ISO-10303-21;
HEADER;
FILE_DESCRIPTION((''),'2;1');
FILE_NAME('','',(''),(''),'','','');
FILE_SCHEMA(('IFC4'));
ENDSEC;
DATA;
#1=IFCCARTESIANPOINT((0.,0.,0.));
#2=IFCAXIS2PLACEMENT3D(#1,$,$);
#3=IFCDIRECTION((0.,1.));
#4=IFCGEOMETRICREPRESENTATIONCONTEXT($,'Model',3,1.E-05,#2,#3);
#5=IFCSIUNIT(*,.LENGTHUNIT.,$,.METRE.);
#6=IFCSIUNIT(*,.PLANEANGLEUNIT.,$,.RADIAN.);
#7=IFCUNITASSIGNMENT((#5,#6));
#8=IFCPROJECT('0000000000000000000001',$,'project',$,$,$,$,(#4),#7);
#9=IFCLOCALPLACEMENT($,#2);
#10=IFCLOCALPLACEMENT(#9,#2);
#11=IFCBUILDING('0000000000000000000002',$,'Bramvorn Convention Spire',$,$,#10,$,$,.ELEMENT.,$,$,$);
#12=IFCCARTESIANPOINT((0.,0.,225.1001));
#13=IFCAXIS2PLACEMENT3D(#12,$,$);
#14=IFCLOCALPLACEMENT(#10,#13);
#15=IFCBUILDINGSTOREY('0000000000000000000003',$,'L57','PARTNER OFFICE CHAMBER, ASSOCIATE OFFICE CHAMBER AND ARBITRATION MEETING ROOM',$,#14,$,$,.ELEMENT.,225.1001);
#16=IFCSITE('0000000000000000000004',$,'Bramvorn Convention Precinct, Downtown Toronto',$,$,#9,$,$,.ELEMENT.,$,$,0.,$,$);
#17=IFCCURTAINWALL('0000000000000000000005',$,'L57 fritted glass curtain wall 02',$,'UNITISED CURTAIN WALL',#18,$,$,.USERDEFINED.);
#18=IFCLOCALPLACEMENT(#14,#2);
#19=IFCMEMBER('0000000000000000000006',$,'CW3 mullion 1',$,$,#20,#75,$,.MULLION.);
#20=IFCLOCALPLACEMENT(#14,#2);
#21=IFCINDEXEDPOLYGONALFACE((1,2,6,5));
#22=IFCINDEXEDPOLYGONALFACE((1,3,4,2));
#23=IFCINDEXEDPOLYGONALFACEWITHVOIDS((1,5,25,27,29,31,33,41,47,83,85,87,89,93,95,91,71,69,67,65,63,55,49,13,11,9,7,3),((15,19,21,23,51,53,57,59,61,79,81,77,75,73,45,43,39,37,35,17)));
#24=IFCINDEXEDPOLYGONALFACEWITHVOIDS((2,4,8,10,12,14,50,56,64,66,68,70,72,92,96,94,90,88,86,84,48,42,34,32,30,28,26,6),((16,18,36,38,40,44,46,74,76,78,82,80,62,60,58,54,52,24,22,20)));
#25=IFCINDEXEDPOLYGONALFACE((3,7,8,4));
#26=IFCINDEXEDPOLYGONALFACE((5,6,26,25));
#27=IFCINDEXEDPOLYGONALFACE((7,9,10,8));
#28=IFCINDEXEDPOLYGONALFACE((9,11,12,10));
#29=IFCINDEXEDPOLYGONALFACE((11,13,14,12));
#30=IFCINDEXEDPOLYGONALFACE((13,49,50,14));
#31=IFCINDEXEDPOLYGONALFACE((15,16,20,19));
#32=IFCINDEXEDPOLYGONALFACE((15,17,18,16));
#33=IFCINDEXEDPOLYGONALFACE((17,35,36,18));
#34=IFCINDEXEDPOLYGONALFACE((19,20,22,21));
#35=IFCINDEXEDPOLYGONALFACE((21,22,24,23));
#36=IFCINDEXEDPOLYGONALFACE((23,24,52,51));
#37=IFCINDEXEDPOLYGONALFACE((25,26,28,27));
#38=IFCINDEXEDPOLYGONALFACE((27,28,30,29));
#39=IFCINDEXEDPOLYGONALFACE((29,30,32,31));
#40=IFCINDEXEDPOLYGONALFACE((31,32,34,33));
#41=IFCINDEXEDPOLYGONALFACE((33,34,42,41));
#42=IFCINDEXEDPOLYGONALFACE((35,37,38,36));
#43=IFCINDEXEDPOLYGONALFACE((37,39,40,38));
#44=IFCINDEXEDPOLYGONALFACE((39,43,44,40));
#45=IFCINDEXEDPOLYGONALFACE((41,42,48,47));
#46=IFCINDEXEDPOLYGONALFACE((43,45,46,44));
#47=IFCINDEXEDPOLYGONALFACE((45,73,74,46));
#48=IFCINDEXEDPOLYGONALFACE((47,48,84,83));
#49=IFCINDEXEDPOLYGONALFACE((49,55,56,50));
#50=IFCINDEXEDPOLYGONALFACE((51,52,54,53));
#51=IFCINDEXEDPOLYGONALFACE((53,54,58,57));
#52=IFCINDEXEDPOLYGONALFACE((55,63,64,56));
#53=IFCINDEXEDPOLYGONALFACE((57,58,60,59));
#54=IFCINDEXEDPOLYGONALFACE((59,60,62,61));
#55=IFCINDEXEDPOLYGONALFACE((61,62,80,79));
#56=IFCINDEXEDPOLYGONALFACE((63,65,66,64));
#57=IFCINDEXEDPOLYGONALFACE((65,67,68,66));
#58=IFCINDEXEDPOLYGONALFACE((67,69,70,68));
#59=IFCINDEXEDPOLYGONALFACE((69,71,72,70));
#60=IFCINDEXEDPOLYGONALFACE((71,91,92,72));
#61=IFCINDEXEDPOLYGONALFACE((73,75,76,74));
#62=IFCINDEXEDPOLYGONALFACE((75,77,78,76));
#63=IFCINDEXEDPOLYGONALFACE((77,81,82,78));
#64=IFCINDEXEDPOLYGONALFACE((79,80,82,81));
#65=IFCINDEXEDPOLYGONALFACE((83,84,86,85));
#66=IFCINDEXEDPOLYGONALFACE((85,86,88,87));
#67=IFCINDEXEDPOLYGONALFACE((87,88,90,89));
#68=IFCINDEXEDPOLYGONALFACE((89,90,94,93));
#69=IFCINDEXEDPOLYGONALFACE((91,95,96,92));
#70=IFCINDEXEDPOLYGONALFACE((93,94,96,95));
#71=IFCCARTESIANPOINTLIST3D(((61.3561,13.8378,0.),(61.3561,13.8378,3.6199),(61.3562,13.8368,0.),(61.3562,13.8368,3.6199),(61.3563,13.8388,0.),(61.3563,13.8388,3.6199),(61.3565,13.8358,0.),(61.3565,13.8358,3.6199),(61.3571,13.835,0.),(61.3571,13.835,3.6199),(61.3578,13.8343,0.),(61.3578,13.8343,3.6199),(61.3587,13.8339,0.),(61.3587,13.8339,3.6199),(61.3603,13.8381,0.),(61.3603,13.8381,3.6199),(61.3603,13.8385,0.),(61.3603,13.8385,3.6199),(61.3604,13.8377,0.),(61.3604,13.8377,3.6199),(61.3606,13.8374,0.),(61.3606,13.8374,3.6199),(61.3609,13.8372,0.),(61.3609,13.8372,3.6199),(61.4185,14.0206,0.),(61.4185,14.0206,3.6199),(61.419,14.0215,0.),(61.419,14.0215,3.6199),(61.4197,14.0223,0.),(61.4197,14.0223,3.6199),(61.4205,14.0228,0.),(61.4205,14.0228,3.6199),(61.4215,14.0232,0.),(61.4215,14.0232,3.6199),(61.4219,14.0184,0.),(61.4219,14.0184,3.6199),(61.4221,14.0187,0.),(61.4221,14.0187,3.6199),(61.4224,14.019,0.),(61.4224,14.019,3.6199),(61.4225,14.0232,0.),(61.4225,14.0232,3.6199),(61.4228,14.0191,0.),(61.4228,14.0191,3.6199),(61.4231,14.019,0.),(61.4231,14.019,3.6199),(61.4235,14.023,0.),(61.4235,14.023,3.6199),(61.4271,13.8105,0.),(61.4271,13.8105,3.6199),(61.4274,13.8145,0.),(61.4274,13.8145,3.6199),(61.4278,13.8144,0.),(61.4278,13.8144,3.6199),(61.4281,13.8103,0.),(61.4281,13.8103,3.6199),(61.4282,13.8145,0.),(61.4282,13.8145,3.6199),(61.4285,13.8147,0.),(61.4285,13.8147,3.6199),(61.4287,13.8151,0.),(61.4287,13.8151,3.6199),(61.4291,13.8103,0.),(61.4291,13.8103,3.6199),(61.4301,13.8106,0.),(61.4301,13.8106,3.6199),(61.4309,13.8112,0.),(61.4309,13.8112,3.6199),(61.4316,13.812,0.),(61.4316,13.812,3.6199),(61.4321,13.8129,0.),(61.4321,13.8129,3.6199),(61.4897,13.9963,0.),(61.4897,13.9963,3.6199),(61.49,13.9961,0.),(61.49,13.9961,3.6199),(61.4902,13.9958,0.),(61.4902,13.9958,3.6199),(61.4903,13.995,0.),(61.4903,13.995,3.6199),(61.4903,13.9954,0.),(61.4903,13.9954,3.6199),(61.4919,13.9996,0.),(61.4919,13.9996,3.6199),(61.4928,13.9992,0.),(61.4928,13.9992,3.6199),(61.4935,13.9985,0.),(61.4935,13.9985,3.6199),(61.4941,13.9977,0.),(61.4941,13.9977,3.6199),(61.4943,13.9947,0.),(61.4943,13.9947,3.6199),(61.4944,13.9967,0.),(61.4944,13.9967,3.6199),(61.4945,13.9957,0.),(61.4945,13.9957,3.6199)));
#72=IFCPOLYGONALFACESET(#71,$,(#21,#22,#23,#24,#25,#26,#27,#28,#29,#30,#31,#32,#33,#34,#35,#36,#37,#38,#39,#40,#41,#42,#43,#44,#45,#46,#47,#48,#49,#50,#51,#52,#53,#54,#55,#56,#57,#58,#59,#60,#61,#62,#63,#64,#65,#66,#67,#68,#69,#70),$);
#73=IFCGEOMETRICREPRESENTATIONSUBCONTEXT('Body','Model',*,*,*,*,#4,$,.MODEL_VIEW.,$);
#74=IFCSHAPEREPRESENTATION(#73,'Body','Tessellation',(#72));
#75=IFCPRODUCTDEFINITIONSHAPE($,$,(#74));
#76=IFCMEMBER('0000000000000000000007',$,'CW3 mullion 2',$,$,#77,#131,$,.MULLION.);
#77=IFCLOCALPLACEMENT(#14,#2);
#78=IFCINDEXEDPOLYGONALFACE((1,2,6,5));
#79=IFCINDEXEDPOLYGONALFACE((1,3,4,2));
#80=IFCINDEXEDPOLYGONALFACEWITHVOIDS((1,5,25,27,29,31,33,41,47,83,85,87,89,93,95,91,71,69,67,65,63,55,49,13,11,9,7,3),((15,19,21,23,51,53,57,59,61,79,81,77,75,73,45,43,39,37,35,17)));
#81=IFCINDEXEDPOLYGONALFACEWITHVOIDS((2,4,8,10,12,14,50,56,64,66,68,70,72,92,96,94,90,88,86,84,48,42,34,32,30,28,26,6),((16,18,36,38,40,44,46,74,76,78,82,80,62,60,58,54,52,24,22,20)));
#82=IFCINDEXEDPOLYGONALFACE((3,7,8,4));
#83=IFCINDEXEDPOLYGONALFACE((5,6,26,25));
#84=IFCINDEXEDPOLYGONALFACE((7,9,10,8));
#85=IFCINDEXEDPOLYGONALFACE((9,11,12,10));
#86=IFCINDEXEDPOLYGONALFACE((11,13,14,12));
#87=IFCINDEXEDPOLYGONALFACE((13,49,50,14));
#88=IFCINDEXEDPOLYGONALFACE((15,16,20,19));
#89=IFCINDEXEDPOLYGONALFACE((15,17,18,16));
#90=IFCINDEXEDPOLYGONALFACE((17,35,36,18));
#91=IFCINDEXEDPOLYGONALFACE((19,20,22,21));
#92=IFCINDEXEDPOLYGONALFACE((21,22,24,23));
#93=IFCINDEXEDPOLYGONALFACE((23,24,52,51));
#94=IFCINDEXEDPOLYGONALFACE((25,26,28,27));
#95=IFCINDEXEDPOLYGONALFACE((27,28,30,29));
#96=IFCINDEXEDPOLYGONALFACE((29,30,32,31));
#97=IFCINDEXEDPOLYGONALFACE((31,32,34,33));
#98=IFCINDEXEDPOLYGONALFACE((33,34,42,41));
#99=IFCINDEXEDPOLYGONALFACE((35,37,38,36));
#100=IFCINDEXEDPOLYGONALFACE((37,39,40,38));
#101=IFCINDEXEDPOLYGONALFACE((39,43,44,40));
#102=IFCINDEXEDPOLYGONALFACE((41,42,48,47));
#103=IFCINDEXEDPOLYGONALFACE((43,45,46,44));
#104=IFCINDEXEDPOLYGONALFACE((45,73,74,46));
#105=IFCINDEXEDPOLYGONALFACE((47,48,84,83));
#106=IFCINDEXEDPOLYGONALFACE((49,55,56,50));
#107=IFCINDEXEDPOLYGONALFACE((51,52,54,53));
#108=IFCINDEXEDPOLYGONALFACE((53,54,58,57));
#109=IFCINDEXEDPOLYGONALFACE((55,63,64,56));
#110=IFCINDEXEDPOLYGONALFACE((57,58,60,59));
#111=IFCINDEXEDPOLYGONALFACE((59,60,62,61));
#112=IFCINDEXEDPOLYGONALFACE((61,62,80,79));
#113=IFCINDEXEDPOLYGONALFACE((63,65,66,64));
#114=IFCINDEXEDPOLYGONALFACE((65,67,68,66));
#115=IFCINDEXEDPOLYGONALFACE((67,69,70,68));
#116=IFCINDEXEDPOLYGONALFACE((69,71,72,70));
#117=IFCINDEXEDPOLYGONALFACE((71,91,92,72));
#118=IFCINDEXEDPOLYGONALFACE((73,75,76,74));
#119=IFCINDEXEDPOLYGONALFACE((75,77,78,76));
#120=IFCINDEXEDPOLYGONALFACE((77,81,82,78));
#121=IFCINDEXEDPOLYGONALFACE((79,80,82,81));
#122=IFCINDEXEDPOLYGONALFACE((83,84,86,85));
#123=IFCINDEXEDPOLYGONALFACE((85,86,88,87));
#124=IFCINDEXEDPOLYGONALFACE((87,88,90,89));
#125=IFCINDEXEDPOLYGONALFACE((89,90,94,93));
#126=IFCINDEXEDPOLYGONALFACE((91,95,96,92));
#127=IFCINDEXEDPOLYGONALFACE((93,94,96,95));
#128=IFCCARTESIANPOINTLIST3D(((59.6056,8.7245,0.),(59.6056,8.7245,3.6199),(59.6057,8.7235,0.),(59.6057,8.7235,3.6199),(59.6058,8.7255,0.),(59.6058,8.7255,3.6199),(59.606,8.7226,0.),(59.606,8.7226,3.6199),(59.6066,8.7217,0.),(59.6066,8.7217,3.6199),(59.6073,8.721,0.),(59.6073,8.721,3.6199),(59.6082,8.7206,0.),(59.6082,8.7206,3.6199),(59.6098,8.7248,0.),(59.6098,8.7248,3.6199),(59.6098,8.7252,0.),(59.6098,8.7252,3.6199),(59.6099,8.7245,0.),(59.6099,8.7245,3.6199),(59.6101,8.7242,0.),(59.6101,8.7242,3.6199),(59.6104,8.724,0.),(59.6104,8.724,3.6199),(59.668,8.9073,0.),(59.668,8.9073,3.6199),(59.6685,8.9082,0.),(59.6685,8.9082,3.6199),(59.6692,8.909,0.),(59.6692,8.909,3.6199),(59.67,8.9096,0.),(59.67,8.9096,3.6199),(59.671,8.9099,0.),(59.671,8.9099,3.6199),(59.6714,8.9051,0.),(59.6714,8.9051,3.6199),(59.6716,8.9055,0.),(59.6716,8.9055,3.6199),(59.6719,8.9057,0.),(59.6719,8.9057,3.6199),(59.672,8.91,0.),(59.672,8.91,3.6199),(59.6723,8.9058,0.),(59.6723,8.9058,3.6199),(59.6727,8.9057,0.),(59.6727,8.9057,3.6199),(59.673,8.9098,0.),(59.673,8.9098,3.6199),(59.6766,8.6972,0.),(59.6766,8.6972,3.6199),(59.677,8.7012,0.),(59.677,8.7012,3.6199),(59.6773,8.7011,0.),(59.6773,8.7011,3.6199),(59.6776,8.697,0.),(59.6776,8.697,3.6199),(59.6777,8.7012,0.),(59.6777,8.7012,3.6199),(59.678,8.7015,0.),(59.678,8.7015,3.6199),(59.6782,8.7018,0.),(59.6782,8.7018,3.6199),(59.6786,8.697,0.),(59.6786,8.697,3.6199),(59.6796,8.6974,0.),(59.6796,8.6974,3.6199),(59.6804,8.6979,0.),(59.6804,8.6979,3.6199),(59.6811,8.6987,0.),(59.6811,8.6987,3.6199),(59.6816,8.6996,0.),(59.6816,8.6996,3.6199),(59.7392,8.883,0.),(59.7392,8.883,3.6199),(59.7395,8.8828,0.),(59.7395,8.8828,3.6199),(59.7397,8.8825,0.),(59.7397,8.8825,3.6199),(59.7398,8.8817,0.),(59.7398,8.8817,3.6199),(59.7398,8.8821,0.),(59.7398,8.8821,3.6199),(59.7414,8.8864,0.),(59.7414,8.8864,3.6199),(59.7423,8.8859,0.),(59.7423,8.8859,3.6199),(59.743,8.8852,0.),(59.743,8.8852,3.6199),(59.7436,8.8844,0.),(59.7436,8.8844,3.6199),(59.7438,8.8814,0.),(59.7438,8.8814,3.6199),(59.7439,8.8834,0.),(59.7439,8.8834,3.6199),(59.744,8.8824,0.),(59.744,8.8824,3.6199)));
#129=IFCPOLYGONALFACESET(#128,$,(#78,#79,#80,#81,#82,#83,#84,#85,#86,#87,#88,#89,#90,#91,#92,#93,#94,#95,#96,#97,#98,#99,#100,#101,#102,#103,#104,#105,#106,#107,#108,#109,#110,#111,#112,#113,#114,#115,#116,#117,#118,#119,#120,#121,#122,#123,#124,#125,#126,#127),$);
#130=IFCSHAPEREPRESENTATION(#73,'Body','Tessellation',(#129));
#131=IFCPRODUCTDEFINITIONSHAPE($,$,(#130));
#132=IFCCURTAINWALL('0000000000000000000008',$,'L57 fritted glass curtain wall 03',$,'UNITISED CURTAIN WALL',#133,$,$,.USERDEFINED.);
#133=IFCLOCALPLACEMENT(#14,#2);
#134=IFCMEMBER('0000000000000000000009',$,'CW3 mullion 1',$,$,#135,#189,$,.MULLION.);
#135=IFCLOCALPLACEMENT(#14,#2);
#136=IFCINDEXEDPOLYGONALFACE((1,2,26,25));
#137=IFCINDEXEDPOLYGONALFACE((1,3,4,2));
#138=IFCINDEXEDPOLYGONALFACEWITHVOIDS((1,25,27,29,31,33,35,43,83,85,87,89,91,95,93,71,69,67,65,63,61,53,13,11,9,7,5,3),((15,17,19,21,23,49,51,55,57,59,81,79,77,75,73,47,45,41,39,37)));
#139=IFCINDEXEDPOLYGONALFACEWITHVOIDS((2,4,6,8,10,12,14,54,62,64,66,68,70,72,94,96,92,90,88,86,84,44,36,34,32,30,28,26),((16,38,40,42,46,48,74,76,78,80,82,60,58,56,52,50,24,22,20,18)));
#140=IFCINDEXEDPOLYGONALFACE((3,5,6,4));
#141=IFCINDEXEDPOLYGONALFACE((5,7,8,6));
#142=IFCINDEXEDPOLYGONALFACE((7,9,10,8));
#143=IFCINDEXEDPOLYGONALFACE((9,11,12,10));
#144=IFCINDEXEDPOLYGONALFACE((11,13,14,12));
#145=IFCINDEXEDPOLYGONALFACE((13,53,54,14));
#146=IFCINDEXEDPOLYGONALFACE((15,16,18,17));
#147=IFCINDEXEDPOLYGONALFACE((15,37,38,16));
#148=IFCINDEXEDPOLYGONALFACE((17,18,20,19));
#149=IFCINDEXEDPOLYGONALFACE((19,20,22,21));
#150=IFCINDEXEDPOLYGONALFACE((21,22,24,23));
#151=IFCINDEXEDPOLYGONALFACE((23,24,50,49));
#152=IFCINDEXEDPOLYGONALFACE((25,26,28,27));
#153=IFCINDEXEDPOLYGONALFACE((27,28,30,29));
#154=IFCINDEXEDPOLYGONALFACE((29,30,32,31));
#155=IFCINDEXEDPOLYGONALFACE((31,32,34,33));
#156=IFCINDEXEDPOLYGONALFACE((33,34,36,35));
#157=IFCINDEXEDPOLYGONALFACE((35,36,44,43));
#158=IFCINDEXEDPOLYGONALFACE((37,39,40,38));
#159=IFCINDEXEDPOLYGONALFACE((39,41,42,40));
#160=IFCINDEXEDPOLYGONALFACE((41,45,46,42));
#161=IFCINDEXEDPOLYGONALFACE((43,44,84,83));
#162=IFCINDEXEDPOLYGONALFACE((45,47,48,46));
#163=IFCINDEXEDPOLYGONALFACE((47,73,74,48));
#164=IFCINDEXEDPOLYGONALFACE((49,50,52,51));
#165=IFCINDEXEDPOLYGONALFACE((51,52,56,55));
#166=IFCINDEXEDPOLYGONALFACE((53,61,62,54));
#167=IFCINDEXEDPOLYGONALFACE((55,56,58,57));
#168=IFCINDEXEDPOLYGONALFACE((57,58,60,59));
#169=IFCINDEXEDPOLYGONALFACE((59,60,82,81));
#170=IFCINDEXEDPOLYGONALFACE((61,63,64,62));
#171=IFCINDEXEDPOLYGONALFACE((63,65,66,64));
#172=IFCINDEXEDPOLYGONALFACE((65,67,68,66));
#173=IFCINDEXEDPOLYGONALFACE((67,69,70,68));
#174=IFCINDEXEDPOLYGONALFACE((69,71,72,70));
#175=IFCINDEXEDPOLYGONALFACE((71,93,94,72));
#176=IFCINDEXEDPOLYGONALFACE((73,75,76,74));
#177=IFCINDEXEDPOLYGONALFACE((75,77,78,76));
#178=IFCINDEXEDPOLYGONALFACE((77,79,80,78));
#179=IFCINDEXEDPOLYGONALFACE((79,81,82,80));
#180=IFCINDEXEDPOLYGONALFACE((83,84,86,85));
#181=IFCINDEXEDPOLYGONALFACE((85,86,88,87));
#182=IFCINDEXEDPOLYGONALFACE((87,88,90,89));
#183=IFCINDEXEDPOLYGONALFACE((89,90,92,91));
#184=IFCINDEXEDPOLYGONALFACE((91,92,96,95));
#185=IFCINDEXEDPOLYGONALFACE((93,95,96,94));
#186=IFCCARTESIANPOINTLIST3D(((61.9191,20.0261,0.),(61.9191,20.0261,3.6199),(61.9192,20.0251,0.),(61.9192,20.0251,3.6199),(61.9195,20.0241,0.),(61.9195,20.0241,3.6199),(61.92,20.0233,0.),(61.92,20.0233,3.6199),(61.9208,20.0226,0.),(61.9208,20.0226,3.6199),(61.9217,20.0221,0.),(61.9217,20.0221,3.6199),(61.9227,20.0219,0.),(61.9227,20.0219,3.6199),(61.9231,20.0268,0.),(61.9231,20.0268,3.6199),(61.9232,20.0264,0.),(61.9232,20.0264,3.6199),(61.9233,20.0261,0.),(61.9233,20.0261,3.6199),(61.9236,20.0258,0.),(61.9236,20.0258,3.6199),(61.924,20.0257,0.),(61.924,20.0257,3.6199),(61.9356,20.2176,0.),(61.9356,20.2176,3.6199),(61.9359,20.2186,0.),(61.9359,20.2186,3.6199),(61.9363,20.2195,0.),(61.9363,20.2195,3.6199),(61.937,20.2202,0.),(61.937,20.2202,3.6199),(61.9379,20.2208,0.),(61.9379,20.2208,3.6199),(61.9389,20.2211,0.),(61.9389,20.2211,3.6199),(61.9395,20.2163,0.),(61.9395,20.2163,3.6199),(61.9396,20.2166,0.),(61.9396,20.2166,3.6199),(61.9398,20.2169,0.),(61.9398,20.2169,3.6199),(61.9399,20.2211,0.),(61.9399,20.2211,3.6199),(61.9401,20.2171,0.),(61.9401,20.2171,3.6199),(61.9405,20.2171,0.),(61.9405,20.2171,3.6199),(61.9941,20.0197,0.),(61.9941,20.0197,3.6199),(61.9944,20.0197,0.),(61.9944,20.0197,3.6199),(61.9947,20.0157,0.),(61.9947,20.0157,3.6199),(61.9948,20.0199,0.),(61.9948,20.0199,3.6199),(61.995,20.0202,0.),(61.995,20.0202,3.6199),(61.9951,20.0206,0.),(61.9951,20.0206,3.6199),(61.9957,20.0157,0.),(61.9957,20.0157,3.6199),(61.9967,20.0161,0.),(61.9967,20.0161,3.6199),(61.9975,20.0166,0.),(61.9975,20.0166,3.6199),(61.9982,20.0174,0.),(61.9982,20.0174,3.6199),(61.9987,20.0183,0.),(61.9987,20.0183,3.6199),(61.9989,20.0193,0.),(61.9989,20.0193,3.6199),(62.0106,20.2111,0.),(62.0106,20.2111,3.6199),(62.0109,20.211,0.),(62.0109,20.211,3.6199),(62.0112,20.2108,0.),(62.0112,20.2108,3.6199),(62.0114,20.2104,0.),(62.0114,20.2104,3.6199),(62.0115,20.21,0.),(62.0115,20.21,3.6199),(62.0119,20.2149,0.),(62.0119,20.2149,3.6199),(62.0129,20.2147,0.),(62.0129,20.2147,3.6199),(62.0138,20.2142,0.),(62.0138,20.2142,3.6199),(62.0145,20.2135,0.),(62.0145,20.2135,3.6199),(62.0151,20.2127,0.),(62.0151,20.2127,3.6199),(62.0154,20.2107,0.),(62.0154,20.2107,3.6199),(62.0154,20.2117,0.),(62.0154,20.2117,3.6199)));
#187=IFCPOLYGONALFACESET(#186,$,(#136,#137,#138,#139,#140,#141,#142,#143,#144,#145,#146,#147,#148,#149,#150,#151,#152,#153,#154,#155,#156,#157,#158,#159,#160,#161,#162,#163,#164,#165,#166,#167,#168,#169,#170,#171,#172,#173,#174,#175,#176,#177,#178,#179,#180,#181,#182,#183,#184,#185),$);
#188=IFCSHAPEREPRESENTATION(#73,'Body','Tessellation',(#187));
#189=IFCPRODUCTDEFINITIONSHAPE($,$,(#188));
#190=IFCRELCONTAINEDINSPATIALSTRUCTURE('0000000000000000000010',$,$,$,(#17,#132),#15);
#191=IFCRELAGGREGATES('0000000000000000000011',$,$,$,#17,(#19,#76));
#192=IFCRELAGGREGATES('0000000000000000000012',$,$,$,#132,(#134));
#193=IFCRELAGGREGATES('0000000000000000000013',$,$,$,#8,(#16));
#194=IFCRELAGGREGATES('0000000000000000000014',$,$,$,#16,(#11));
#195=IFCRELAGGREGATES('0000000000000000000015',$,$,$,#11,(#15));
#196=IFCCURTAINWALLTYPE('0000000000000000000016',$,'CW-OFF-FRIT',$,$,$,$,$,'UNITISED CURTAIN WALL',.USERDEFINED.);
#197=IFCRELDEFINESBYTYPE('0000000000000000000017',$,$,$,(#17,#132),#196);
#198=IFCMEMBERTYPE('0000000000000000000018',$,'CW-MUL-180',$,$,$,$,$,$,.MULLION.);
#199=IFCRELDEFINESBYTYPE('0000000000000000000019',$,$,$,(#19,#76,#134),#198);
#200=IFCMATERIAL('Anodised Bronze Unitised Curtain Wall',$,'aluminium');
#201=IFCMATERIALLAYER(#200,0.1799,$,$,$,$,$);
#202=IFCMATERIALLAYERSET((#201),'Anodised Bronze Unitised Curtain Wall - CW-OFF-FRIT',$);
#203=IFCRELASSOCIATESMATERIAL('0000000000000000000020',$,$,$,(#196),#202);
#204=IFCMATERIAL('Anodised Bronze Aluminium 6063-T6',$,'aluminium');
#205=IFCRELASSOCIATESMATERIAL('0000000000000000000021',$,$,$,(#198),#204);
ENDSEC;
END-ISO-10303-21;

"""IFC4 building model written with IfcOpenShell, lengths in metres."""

from ifc_helpers import new_model, si_unit, direction, frame, origin, origin_2d, place, context, subcontext, project, spatial, hollow_rectangle, extrude, material, layer, layer_set, material_profile, profile_set, type_object, element, aggregate, save


model = new_model("IFC4")

# Units and contexts
model_context = context("Model", 3, precision=1e-05, world=origin(), true_north=direction((0.0, 1.0)))
body_context = subcontext(model_context, "Body", "Model", "MODEL_VIEW")
ifc_project = project(units=[si_unit("LENGTHUNIT", "METRE"), si_unit("PLANEANGLEUNIT", "RADIAN")], contexts=[model_context])

# Site, building, storey
site_placement = place(None, origin())
site = spatial("IfcSite", under=ifc_project, at=site_placement, Name="Bramvorn Convention Precinct, Downtown Toronto", CompositionType="ELEMENT", RefElevation=0.0)
building_placement = place(site_placement, origin())
building = spatial("IfcBuilding", under=site, at=building_placement, Name="Bramvorn Convention Spire", CompositionType="ELEMENT")
storey_placement = place(building_placement, frame((0.0, 0.0, 225.1001)))
storey = spatial("IfcBuildingStorey", under=building, at=storey_placement, Name="L57", Description="PARTNER OFFICE CHAMBER, ASSOCIATE OFFICE CHAMBER AND ARBITRATION MEETING ROOM", CompositionType="ELEMENT", Elevation=225.1001)

# Curtain walls, members
ifc_material_1 = material(Name="Anodised Bronze Unitised Curtain Wall", Category="aluminium")
ifc_layer_1 = layer(ifc_material_1, 0.1799)
ifc_layer_set_1 = layer_set([ifc_layer_1], Name="Anodised Bronze Unitised Curtain Wall - CW-OFF-FRIT")
curtain_wall_type = type_object("IfcCurtainWallType", Name="CW-OFF-FRIT", ElementType="UNITISED CURTAIN WALL", PredefinedType="USERDEFINED", material=ifc_layer_set_1)
curtain_wall_1_placement = place(storey_placement, origin())
curtain_wall_1 = element("IfcCurtainWall", 1, at=curtain_wall_1_placement, inside=storey, type_object=curtain_wall_type, Name="L57 fritted glass curtain wall 02", ObjectType="UNITISED CURTAIN WALL", PredefinedType="USERDEFINED")
ifc_material_2 = material(Name="Anodised Bronze Aluminium 6063-T6", Category="aluminium")
ifc_material_profile_1 = material_profile(ifc_material_2, hollow_rectangle(XDim=0.0801, YDim=0.2, WallThickness=0.0039, InnerFilletRadius=0.001, OuterFilletRadius=0.0039, at=origin_2d()))
ifc_profile_set_1 = profile_set([ifc_material_profile_1], Name="Anodised Bronze Aluminium 6063-T6 - CWM80X200")
member_type_1 = type_object("IfcMemberType", Name="CW-MUL-180", PredefinedType="MULLION", material=ifc_profile_set_1)
member_1_placement = place(storey_placement, frame((61.4253, 13.9167, 0.0), z_axis=(0.0, 0.0, 1.0), x_axis=(0.946103, -0.323865, 0.0)))
member_1 = element("IfcMember", 2, at=member_1_placement, type_object=member_type_1, Name="CW3 mullion 1", PredefinedType="MULLION", context=body_context, shape_type="SweptSolid", body=[
    extrude(hollow_rectangle(XDim=0.0801, YDim=0.2, WallThickness=0.0039, InnerFilletRadius=0.001, OuterFilletRadius=0.0039, at=origin_2d()), origin(), (0.0, 0.0, 1.0), 3.6199),
])
member_2_placement = place(storey_placement, frame((59.6748, 8.8035, 0.0), z_axis=(0.0, 0.0, 1.0), x_axis=(0.946103, -0.323865, 0.0)))
member_2 = element("IfcMember", 3, at=member_2_placement, type_object=member_type_1, Name="CW3 mullion 2", PredefinedType="MULLION", context=body_context, shape_type="SweptSolid", body=[
    extrude(hollow_rectangle(XDim=0.0801, YDim=0.2, WallThickness=0.0039, InnerFilletRadius=0.001, OuterFilletRadius=0.0039, at=origin_2d()), origin(), (0.0, 0.0, 1.0), 3.6199),
])
curtain_wall_2_placement = place(storey_placement, origin())
curtain_wall_2 = element("IfcCurtainWall", 4, at=curtain_wall_2_placement, inside=storey, type_object=curtain_wall_type, Name="L57 fritted glass curtain wall 03", ObjectType="UNITISED CURTAIN WALL", PredefinedType="USERDEFINED")
member_3_placement = place(storey_placement, frame((61.9673, 20.1184, 0.0), z_axis=(0.0, 0.0, 1.0), x_axis=(0.996303, -0.08591, 0.0)))
member_3 = element("IfcMember", 5, at=member_3_placement, type_object=member_type_1, Name="CW3 mullion 1", PredefinedType="MULLION", context=body_context, shape_type="SweptSolid", body=[
    extrude(hollow_rectangle(XDim=0.0801, YDim=0.2, WallThickness=0.0039, InnerFilletRadius=0.001, OuterFilletRadius=0.0039, at=origin_2d()), origin(), (0.0, 0.0, 1.0), 3.6199),
])

aggregate(curtain_wall_1, [member_1, member_2])
aggregate(curtain_wall_2, [member_3])

save(model, "model.ifc")
